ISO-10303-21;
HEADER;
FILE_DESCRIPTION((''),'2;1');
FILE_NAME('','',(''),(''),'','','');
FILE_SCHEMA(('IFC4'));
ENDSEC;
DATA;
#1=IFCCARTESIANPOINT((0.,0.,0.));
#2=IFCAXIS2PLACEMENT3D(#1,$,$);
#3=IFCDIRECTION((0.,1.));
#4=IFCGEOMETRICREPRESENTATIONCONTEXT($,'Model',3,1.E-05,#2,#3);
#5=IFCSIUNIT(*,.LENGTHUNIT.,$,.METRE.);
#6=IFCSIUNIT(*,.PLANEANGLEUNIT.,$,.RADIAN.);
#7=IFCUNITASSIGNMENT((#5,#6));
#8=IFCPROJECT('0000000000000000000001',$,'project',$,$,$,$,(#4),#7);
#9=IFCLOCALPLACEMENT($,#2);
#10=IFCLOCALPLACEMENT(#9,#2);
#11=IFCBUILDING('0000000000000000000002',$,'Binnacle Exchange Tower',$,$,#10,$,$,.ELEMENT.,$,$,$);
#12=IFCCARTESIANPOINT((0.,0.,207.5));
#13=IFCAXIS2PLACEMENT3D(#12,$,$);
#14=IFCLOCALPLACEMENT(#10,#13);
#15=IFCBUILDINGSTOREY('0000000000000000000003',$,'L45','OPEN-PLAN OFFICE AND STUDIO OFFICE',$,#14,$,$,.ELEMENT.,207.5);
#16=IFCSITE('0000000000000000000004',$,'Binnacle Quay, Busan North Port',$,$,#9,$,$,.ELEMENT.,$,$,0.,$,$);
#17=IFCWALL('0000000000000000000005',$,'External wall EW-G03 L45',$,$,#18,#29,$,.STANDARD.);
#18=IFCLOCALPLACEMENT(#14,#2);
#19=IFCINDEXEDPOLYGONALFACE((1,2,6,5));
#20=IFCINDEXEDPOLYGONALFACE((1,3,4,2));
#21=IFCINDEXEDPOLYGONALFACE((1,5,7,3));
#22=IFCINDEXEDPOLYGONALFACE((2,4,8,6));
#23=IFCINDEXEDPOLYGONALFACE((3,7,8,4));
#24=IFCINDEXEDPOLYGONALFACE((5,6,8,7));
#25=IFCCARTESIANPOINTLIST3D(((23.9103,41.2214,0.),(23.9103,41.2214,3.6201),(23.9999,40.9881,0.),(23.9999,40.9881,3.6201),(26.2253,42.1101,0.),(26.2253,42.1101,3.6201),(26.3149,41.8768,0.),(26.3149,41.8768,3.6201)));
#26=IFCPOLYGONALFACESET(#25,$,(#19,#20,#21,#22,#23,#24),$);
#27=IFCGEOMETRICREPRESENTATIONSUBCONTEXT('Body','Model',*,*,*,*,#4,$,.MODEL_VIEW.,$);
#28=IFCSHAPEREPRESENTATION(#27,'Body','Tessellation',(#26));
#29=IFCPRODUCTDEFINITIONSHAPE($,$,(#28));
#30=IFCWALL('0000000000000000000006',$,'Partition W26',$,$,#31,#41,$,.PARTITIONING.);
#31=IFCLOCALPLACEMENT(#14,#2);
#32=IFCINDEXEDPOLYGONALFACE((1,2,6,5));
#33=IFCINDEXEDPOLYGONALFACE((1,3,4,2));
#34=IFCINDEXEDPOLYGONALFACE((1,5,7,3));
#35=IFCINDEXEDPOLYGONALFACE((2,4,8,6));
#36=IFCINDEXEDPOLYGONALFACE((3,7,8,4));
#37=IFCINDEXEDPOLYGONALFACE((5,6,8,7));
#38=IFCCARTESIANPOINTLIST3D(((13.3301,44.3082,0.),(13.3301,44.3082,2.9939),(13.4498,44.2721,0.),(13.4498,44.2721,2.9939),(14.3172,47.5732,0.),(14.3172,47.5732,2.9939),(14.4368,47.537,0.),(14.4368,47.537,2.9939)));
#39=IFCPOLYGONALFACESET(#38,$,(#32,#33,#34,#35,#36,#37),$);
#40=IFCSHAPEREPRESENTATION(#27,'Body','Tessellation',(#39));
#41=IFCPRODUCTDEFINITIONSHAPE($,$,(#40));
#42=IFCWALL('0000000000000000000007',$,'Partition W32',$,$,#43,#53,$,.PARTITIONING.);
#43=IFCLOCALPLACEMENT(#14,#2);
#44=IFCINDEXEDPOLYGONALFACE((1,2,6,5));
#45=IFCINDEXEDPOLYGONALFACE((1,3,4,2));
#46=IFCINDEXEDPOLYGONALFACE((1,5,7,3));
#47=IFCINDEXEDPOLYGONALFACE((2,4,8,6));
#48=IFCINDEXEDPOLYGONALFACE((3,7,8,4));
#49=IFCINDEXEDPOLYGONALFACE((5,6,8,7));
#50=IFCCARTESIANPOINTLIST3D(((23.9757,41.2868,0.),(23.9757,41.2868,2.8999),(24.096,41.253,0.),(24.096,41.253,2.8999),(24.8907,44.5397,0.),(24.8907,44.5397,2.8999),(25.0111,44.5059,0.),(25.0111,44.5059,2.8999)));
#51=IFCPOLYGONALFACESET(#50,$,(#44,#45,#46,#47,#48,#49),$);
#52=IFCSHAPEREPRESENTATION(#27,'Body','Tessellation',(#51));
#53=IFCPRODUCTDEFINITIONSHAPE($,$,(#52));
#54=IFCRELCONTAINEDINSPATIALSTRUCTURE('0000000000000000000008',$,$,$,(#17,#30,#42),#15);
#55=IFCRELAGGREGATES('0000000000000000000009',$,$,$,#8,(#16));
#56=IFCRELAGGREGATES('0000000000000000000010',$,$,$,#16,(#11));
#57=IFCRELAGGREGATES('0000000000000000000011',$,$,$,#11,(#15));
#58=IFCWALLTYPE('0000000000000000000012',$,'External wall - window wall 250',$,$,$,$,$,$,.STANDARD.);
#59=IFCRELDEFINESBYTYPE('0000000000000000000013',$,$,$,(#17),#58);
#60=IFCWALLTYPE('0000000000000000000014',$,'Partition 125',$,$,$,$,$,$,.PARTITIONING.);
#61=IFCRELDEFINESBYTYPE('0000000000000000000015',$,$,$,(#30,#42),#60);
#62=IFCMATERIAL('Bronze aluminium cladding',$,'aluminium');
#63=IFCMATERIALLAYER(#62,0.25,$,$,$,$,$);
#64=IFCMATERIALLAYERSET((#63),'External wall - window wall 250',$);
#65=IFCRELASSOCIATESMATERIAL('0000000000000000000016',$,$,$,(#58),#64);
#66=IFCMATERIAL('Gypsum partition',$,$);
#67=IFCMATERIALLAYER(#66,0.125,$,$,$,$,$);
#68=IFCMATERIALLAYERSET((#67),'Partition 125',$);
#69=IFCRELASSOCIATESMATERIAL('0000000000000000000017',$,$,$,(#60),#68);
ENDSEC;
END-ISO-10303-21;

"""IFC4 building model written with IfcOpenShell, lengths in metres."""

from ifc_helpers import new_model, si_unit, direction, frame, frame_2d, origin, place, context, subcontext, project, spatial, rectangle, extrude, material, layer, layer_set, type_object, element, save


model = new_model("IFC4")

# Units and contexts
model_context = context("Model", 3, precision=1e-05, world=origin(), true_north=direction((0.0, 1.0)))
body_context = subcontext(model_context, "Body", "Model", "MODEL_VIEW")
ifc_project = project(units=[si_unit("LENGTHUNIT", "METRE"), si_unit("PLANEANGLEUNIT", "RADIAN")], contexts=[model_context])

# Site, building, storey
site_placement = place(None, origin())
site = spatial("IfcSite", under=ifc_project, at=site_placement, Name="Binnacle Quay, Busan North Port", CompositionType="ELEMENT", RefElevation=0.0)
building_placement = place(site_placement, origin())
building = spatial("IfcBuilding", under=site, at=building_placement, Name="Binnacle Exchange Tower", CompositionType="ELEMENT")
storey_placement = place(building_placement, frame((0.0, 0.0, 207.5)))
storey = spatial("IfcBuildingStorey", under=building, at=storey_placement, Name="L45", Description="OPEN-PLAN OFFICE AND STUDIO OFFICE", CompositionType="ELEMENT", Elevation=207.5)

# Shared definitions
ifc_material_1 = material(Name="Bronze aluminium cladding", Category="aluminium")
ifc_layer_1 = layer(ifc_material_1, 0.25)
ifc_layer_set_1 = layer_set([ifc_layer_1], Name="External wall - window wall 250")
wall_type_1 = type_object("IfcWallType", Name="External wall - window wall 250", PredefinedType="STANDARD", material=ifc_layer_set_1)

# Walls
wall_1_placement = place(storey_placement, frame((26.27, 41.9934, 0.0), z_axis=(0.0, 0.0, 1.0), x_axis=(-0.933574, -0.358385, 0.0)))
element("IfcWall", 1, at=wall_1_placement, inside=storey, type_object=wall_type_1, Name="External wall EW-G03 L45", PredefinedType="STANDARD", context=body_context, shape_type="SweptSolid", body=[
    extrude(rectangle(XDim=2.4797, YDim=0.25, at=frame_2d((1.2397, 0.0))), origin(), (0.0, 0.0, 1.0), 3.6201),
])
ifc_material_2 = material(Name="Gypsum partition")
ifc_layer_2 = layer(ifc_material_2, 0.125)
ifc_layer_set_2 = layer_set([ifc_layer_2], Name="Partition 125")
wall_type_2 = type_object("IfcWallType", Name="Partition 125", PredefinedType="PARTITIONING", material=ifc_layer_set_2)
wall_2_placement = place(storey_placement, frame((13.3899, 44.29, 0.0), z_axis=(0.0, 0.0, 1.0), x_axis=(0.28939, 0.957211, 0.0)))
element("IfcWall", 2, at=wall_2_placement, inside=storey, type_object=wall_type_2, Name="Partition W26", PredefinedType="PARTITIONING", context=body_context, shape_type="SweptSolid", body=[
    extrude(rectangle(XDim=3.4109, YDim=0.125, at=frame_2d((1.7056, 0.0))), origin(), (0.0, 0.0, 1.0), 2.9939),
])
wall_3_placement = place(storey_placement, frame((24.0359, 41.27, 0.0), z_axis=(0.0, 0.0, 1.0), x_axis=(0.270787, 0.962639, 0.0)))
element("IfcWall", 3, at=wall_3_placement, inside=storey, type_object=wall_type_2, Name="Partition W32", PredefinedType="PARTITIONING", context=body_context, shape_type="SweptSolid", body=[
    extrude(rectangle(XDim=3.3792, YDim=0.125, at=frame_2d((1.6895, 0.0))), origin(), (0.0, 0.0, 1.0), 2.8999),
])

save(model, "model.ifc")
